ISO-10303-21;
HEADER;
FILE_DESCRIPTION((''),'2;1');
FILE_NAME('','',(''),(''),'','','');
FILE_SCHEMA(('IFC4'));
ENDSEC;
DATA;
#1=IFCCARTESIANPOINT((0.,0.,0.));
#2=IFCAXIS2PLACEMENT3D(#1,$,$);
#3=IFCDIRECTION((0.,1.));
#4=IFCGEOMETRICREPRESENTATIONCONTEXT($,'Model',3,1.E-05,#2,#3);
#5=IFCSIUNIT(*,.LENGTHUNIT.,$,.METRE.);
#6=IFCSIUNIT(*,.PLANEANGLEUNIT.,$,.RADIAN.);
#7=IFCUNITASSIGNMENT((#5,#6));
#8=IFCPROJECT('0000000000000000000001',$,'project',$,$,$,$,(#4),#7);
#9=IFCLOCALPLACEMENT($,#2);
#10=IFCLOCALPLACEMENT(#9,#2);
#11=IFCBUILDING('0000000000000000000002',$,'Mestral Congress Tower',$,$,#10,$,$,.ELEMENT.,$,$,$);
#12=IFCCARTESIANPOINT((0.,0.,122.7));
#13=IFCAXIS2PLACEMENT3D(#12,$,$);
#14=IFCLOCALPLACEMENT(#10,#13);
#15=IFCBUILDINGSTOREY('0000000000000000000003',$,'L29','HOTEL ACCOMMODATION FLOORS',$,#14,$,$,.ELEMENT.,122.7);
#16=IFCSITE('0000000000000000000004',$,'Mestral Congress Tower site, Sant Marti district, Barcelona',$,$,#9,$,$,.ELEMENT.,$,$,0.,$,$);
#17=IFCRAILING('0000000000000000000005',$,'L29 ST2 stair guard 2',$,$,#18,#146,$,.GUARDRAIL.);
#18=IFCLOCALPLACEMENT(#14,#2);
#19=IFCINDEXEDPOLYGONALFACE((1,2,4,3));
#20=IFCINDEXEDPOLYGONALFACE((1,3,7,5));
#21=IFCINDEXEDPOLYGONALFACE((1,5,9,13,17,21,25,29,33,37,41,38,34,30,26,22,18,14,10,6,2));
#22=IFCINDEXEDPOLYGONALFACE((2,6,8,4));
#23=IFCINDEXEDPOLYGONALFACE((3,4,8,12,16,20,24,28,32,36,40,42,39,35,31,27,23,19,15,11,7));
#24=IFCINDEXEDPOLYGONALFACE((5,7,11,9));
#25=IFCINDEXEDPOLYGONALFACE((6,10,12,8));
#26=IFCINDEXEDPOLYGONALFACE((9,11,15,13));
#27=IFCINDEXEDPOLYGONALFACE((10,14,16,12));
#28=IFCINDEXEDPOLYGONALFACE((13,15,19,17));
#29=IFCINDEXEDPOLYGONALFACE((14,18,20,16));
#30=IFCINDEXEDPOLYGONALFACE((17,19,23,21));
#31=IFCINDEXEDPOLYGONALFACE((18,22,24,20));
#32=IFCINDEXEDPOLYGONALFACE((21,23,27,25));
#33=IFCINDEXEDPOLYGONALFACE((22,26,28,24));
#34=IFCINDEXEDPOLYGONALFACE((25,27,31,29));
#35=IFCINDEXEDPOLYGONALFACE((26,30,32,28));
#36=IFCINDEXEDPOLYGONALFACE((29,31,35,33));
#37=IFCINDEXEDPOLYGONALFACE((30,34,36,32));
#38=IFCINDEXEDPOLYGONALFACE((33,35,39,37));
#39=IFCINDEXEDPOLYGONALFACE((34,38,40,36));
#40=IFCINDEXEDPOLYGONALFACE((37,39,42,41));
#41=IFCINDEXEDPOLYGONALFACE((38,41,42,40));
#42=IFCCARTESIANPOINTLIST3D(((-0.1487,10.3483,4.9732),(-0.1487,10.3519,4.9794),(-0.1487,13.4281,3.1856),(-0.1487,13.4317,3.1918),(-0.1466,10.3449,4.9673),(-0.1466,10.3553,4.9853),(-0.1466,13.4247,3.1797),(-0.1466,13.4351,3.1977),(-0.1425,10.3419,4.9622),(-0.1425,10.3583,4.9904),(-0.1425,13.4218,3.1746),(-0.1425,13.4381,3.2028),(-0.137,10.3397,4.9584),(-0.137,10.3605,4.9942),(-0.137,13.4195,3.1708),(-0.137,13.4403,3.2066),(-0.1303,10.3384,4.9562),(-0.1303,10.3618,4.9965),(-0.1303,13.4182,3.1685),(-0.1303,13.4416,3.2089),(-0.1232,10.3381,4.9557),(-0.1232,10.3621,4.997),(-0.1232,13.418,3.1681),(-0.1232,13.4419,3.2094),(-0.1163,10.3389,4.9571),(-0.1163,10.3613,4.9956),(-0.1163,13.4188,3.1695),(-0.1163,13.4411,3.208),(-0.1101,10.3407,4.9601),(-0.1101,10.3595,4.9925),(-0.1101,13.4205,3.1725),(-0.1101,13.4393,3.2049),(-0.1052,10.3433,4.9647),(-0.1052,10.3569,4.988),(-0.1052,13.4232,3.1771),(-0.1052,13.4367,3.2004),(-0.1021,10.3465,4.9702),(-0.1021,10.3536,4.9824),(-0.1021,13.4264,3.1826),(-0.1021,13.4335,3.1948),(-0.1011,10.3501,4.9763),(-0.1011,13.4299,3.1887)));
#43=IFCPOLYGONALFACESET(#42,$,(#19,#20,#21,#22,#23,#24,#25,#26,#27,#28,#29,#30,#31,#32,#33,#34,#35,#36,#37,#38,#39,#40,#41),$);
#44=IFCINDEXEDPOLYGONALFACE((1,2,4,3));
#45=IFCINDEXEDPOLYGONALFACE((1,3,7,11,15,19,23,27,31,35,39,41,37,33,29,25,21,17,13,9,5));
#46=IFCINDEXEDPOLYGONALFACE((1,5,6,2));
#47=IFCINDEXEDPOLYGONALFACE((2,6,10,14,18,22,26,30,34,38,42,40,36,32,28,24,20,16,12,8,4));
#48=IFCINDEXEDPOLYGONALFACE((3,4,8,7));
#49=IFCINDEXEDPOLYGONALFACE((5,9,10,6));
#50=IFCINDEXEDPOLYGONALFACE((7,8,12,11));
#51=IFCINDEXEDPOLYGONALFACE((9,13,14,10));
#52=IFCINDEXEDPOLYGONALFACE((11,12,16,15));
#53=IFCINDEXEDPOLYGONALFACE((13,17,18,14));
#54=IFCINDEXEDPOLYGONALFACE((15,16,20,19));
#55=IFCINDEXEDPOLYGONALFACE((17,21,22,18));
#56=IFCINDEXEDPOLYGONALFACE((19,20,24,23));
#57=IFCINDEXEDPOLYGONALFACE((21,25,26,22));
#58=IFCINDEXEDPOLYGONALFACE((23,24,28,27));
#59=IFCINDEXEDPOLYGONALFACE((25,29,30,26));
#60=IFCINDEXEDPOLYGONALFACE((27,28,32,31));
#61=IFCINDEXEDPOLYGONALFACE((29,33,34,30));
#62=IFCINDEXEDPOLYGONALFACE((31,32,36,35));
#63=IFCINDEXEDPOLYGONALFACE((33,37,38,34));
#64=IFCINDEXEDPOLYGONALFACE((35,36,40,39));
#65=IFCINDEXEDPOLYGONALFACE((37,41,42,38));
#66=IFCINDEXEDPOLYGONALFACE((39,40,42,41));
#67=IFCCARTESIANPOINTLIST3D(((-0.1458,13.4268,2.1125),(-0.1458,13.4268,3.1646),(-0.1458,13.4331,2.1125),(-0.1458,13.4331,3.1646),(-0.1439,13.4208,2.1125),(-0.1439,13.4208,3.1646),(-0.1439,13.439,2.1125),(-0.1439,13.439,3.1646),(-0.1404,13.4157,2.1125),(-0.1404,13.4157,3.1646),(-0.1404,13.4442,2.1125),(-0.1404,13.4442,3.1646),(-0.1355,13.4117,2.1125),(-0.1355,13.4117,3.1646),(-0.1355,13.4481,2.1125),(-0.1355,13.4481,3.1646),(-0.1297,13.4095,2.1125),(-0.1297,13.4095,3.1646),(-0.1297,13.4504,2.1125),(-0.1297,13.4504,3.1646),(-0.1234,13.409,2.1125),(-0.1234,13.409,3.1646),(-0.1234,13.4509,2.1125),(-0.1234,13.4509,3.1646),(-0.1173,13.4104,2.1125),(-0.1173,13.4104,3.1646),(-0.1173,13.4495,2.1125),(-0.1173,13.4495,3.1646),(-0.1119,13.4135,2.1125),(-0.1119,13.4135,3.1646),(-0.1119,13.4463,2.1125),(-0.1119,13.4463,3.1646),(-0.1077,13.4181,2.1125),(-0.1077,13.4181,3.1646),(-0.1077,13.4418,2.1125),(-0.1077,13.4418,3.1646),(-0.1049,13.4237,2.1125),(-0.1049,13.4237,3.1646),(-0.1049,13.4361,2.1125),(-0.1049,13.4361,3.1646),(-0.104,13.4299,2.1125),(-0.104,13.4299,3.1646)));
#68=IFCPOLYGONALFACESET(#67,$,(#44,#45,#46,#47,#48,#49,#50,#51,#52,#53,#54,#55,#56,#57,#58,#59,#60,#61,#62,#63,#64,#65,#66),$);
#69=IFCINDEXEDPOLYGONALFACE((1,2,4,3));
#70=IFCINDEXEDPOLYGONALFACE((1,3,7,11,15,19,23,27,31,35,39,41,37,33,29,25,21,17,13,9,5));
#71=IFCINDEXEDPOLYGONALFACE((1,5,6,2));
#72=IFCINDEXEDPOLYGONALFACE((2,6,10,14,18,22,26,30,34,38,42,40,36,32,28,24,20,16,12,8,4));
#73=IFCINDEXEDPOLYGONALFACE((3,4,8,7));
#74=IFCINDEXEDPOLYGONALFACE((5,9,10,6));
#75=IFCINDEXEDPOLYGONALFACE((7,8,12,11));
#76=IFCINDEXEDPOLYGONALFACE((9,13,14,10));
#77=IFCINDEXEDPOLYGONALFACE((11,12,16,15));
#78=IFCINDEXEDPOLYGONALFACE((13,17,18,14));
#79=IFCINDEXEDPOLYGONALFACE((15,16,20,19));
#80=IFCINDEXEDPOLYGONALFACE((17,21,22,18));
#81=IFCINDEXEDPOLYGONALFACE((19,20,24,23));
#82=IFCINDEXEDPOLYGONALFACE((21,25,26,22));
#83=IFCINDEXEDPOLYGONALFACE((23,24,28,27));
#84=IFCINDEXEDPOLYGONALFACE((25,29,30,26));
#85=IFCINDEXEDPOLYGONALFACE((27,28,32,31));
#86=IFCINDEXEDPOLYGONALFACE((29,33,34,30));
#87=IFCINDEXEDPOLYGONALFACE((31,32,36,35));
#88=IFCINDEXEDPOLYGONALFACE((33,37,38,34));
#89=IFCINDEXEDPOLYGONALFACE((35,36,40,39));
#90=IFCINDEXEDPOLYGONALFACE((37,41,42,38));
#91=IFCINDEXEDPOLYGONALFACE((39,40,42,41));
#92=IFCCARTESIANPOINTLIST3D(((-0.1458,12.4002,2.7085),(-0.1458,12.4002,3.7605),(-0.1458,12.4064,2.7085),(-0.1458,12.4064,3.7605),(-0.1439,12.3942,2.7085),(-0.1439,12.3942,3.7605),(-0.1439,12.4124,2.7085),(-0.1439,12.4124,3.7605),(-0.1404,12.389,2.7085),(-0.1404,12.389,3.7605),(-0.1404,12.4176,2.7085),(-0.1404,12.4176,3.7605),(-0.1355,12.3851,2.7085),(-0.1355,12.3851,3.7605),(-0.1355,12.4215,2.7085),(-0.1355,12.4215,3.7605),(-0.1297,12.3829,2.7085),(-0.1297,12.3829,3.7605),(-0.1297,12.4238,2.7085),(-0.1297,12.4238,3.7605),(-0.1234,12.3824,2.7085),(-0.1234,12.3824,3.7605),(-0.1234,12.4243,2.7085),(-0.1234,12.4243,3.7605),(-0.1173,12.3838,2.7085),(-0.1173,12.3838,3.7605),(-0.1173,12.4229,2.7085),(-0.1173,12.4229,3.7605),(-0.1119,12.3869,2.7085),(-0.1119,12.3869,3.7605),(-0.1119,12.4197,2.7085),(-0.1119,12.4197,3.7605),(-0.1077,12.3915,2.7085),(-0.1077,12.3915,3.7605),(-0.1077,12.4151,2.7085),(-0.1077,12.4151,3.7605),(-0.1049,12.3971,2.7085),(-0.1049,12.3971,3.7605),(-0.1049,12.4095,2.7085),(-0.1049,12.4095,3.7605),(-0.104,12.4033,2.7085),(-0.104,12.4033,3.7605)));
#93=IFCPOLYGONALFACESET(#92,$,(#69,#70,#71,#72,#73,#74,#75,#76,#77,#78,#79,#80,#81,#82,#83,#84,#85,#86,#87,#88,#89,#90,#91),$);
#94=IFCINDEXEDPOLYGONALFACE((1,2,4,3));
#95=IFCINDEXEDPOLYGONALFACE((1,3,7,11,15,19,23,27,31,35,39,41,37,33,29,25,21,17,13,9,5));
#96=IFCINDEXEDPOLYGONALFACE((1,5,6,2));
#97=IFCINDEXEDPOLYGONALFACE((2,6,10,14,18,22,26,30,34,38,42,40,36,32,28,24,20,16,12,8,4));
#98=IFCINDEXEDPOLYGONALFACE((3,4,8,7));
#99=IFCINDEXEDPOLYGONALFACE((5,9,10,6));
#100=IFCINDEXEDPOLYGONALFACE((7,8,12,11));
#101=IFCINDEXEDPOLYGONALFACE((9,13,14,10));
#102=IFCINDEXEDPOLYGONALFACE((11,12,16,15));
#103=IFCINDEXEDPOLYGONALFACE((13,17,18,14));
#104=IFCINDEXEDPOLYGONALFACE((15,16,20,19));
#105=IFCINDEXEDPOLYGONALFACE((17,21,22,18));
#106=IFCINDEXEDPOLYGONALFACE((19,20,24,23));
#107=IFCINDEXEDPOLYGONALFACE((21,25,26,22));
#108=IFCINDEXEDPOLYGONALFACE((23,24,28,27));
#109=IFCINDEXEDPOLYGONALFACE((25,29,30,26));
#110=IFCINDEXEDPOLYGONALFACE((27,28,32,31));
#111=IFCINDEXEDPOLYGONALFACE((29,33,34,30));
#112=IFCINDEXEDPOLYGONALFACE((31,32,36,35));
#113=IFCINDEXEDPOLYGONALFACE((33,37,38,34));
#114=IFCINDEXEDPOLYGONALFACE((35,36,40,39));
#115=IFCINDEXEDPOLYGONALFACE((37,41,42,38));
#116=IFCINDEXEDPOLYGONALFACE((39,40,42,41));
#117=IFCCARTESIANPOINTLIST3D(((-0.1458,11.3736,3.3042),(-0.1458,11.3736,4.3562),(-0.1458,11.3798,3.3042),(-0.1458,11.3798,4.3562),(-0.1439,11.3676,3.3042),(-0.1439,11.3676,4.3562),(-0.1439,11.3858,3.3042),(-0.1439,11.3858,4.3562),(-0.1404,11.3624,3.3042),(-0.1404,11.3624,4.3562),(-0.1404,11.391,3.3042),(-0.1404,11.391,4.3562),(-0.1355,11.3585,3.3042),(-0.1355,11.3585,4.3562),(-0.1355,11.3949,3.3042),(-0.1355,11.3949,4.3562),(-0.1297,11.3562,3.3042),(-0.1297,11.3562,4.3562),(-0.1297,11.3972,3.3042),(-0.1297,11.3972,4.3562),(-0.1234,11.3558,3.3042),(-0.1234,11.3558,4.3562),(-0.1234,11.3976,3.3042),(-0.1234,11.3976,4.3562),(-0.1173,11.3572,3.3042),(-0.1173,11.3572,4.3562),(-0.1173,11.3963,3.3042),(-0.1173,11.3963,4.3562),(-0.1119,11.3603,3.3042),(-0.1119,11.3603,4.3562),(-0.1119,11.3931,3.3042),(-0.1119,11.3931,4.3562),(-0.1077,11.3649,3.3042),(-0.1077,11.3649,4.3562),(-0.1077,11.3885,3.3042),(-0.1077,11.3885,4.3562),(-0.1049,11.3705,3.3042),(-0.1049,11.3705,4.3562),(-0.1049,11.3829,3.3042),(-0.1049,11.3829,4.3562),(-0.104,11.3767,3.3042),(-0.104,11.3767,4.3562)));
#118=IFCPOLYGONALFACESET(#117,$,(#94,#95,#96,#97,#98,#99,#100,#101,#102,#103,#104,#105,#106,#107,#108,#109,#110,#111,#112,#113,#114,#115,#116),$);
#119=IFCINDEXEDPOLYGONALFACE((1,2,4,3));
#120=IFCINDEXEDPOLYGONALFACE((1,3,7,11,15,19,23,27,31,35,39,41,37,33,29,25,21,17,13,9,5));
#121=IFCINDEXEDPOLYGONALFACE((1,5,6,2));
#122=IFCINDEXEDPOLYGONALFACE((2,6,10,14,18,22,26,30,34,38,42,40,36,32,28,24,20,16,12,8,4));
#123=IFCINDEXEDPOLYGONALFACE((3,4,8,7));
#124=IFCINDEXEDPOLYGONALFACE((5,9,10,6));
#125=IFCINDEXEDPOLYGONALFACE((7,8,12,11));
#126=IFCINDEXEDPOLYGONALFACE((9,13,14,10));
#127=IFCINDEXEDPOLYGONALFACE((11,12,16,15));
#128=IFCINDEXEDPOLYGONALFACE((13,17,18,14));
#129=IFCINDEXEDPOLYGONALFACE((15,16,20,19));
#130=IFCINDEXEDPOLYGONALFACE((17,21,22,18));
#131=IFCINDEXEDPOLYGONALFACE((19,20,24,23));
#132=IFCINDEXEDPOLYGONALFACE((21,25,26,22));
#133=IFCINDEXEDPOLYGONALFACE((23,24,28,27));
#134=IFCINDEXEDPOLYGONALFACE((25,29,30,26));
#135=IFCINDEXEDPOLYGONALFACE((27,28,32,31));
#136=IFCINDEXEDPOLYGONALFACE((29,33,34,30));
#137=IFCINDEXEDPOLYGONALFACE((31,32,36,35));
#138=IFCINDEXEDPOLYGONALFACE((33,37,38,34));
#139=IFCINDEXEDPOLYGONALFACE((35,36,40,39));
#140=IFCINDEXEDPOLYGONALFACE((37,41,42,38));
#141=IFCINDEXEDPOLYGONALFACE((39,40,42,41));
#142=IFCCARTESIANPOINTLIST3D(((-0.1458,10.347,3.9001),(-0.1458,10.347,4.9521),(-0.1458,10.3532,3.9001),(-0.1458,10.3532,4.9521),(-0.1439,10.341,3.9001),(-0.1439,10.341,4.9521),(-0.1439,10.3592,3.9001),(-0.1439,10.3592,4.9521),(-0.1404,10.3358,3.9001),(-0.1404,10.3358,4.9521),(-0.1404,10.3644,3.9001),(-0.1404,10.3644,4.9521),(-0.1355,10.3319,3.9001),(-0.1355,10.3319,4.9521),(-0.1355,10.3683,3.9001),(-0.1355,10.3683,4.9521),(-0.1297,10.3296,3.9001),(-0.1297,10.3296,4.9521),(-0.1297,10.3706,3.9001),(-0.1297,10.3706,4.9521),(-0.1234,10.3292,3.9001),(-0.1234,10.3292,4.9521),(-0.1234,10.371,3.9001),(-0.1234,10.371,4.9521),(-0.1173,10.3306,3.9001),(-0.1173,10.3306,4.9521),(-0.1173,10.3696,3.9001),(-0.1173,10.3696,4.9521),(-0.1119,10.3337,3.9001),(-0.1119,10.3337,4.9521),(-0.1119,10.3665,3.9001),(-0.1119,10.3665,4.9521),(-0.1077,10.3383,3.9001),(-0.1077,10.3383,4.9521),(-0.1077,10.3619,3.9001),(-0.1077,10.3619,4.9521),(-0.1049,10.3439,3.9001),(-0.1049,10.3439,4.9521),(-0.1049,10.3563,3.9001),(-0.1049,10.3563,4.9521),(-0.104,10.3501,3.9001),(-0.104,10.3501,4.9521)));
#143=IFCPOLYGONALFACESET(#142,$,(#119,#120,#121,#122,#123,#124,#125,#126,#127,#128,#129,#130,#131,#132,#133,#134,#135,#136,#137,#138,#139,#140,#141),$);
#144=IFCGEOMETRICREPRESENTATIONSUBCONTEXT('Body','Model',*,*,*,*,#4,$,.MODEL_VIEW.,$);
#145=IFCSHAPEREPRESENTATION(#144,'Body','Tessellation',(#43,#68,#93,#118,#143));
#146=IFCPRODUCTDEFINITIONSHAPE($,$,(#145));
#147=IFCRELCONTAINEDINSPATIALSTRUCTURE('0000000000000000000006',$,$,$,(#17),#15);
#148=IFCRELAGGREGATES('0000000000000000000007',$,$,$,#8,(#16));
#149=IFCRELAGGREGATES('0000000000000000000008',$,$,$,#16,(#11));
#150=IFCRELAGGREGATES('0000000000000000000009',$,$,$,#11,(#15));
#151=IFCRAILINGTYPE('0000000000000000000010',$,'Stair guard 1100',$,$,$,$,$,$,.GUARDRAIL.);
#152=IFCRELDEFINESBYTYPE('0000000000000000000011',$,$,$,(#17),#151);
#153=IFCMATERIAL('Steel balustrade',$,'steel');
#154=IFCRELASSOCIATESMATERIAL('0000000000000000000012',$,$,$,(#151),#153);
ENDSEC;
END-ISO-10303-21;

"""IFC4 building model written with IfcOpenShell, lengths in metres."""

from ifc_helpers import new_model, si_unit, direction, frame, origin, origin_2d, place, context, subcontext, project, spatial, circle, extrude, material, type_object, element, save


model = new_model("IFC4")

# Units and contexts
model_context = context("Model", 3, precision=1e-05, world=origin(), true_north=direction((0.0, 1.0)))
body_context = subcontext(model_context, "Body", "Model", "MODEL_VIEW")
ifc_project = project(units=[si_unit("LENGTHUNIT", "METRE"), si_unit("PLANEANGLEUNIT", "RADIAN")], contexts=[model_context])

# Site, building, storey
site_placement = place(None, origin())
site = spatial("IfcSite", under=ifc_project, at=site_placement, Name="Mestral Congress Tower site, Sant Marti district, Barcelona", CompositionType="ELEMENT", RefElevation=0.0)
building_placement = place(site_placement, origin())
building = spatial("IfcBuilding", under=site, at=building_placement, Name="Mestral Congress Tower", CompositionType="ELEMENT")
storey_placement = place(building_placement, frame((0.0, 0.0, 122.7)))
storey = spatial("IfcBuildingStorey", under=building, at=storey_placement, Name="L29", Description="HOTEL ACCOMMODATION FLOORS", CompositionType="ELEMENT", Elevation=122.7)

# Railing
ifc_material_1 = material(Name="Steel balustrade", Category="steel")
railing_type = type_object("IfcRailingType", Name="Stair guard 1100", PredefinedType="GUARDRAIL", material=ifc_material_1)
railing_placement = place(storey_placement, frame((-0.125, 13.4299, 2.1125)))
element("IfcRailing", 1, at=railing_placement, inside=storey, type_object=railing_type, Name="L29 ST2 stair guard 2", PredefinedType="GUARDRAIL", context=body_context, shape_type="SweptSolid", body=[
    extrude(circle(Radius=0.0239, at=origin_2d()), frame((0.0, 0.0, 1.0762), z_axis=(0.0, -0.864873, 0.50199), x_axis=(1.0, 0.0, 0.0)), (0.0, 0.0, 1.0), 3.561),
    extrude(circle(Radius=0.021, at=origin_2d()), origin(), (0.0, 0.0, 1.0), 1.052),
    extrude(circle(Radius=0.021, at=origin_2d()), frame((0.0, -1.0266, 0.5959)), (0.0, 0.0, 1.0), 1.052),
    extrude(circle(Radius=0.021, at=origin_2d()), frame((0.0, -2.0532, 1.1917)), (0.0, 0.0, 1.0), 1.052),
    extrude(circle(Radius=0.021, at=origin_2d()), frame((0.0, -3.0798, 1.7876)), (0.0, 0.0, 1.0), 1.052),
])

save(model, "model.ifc")
